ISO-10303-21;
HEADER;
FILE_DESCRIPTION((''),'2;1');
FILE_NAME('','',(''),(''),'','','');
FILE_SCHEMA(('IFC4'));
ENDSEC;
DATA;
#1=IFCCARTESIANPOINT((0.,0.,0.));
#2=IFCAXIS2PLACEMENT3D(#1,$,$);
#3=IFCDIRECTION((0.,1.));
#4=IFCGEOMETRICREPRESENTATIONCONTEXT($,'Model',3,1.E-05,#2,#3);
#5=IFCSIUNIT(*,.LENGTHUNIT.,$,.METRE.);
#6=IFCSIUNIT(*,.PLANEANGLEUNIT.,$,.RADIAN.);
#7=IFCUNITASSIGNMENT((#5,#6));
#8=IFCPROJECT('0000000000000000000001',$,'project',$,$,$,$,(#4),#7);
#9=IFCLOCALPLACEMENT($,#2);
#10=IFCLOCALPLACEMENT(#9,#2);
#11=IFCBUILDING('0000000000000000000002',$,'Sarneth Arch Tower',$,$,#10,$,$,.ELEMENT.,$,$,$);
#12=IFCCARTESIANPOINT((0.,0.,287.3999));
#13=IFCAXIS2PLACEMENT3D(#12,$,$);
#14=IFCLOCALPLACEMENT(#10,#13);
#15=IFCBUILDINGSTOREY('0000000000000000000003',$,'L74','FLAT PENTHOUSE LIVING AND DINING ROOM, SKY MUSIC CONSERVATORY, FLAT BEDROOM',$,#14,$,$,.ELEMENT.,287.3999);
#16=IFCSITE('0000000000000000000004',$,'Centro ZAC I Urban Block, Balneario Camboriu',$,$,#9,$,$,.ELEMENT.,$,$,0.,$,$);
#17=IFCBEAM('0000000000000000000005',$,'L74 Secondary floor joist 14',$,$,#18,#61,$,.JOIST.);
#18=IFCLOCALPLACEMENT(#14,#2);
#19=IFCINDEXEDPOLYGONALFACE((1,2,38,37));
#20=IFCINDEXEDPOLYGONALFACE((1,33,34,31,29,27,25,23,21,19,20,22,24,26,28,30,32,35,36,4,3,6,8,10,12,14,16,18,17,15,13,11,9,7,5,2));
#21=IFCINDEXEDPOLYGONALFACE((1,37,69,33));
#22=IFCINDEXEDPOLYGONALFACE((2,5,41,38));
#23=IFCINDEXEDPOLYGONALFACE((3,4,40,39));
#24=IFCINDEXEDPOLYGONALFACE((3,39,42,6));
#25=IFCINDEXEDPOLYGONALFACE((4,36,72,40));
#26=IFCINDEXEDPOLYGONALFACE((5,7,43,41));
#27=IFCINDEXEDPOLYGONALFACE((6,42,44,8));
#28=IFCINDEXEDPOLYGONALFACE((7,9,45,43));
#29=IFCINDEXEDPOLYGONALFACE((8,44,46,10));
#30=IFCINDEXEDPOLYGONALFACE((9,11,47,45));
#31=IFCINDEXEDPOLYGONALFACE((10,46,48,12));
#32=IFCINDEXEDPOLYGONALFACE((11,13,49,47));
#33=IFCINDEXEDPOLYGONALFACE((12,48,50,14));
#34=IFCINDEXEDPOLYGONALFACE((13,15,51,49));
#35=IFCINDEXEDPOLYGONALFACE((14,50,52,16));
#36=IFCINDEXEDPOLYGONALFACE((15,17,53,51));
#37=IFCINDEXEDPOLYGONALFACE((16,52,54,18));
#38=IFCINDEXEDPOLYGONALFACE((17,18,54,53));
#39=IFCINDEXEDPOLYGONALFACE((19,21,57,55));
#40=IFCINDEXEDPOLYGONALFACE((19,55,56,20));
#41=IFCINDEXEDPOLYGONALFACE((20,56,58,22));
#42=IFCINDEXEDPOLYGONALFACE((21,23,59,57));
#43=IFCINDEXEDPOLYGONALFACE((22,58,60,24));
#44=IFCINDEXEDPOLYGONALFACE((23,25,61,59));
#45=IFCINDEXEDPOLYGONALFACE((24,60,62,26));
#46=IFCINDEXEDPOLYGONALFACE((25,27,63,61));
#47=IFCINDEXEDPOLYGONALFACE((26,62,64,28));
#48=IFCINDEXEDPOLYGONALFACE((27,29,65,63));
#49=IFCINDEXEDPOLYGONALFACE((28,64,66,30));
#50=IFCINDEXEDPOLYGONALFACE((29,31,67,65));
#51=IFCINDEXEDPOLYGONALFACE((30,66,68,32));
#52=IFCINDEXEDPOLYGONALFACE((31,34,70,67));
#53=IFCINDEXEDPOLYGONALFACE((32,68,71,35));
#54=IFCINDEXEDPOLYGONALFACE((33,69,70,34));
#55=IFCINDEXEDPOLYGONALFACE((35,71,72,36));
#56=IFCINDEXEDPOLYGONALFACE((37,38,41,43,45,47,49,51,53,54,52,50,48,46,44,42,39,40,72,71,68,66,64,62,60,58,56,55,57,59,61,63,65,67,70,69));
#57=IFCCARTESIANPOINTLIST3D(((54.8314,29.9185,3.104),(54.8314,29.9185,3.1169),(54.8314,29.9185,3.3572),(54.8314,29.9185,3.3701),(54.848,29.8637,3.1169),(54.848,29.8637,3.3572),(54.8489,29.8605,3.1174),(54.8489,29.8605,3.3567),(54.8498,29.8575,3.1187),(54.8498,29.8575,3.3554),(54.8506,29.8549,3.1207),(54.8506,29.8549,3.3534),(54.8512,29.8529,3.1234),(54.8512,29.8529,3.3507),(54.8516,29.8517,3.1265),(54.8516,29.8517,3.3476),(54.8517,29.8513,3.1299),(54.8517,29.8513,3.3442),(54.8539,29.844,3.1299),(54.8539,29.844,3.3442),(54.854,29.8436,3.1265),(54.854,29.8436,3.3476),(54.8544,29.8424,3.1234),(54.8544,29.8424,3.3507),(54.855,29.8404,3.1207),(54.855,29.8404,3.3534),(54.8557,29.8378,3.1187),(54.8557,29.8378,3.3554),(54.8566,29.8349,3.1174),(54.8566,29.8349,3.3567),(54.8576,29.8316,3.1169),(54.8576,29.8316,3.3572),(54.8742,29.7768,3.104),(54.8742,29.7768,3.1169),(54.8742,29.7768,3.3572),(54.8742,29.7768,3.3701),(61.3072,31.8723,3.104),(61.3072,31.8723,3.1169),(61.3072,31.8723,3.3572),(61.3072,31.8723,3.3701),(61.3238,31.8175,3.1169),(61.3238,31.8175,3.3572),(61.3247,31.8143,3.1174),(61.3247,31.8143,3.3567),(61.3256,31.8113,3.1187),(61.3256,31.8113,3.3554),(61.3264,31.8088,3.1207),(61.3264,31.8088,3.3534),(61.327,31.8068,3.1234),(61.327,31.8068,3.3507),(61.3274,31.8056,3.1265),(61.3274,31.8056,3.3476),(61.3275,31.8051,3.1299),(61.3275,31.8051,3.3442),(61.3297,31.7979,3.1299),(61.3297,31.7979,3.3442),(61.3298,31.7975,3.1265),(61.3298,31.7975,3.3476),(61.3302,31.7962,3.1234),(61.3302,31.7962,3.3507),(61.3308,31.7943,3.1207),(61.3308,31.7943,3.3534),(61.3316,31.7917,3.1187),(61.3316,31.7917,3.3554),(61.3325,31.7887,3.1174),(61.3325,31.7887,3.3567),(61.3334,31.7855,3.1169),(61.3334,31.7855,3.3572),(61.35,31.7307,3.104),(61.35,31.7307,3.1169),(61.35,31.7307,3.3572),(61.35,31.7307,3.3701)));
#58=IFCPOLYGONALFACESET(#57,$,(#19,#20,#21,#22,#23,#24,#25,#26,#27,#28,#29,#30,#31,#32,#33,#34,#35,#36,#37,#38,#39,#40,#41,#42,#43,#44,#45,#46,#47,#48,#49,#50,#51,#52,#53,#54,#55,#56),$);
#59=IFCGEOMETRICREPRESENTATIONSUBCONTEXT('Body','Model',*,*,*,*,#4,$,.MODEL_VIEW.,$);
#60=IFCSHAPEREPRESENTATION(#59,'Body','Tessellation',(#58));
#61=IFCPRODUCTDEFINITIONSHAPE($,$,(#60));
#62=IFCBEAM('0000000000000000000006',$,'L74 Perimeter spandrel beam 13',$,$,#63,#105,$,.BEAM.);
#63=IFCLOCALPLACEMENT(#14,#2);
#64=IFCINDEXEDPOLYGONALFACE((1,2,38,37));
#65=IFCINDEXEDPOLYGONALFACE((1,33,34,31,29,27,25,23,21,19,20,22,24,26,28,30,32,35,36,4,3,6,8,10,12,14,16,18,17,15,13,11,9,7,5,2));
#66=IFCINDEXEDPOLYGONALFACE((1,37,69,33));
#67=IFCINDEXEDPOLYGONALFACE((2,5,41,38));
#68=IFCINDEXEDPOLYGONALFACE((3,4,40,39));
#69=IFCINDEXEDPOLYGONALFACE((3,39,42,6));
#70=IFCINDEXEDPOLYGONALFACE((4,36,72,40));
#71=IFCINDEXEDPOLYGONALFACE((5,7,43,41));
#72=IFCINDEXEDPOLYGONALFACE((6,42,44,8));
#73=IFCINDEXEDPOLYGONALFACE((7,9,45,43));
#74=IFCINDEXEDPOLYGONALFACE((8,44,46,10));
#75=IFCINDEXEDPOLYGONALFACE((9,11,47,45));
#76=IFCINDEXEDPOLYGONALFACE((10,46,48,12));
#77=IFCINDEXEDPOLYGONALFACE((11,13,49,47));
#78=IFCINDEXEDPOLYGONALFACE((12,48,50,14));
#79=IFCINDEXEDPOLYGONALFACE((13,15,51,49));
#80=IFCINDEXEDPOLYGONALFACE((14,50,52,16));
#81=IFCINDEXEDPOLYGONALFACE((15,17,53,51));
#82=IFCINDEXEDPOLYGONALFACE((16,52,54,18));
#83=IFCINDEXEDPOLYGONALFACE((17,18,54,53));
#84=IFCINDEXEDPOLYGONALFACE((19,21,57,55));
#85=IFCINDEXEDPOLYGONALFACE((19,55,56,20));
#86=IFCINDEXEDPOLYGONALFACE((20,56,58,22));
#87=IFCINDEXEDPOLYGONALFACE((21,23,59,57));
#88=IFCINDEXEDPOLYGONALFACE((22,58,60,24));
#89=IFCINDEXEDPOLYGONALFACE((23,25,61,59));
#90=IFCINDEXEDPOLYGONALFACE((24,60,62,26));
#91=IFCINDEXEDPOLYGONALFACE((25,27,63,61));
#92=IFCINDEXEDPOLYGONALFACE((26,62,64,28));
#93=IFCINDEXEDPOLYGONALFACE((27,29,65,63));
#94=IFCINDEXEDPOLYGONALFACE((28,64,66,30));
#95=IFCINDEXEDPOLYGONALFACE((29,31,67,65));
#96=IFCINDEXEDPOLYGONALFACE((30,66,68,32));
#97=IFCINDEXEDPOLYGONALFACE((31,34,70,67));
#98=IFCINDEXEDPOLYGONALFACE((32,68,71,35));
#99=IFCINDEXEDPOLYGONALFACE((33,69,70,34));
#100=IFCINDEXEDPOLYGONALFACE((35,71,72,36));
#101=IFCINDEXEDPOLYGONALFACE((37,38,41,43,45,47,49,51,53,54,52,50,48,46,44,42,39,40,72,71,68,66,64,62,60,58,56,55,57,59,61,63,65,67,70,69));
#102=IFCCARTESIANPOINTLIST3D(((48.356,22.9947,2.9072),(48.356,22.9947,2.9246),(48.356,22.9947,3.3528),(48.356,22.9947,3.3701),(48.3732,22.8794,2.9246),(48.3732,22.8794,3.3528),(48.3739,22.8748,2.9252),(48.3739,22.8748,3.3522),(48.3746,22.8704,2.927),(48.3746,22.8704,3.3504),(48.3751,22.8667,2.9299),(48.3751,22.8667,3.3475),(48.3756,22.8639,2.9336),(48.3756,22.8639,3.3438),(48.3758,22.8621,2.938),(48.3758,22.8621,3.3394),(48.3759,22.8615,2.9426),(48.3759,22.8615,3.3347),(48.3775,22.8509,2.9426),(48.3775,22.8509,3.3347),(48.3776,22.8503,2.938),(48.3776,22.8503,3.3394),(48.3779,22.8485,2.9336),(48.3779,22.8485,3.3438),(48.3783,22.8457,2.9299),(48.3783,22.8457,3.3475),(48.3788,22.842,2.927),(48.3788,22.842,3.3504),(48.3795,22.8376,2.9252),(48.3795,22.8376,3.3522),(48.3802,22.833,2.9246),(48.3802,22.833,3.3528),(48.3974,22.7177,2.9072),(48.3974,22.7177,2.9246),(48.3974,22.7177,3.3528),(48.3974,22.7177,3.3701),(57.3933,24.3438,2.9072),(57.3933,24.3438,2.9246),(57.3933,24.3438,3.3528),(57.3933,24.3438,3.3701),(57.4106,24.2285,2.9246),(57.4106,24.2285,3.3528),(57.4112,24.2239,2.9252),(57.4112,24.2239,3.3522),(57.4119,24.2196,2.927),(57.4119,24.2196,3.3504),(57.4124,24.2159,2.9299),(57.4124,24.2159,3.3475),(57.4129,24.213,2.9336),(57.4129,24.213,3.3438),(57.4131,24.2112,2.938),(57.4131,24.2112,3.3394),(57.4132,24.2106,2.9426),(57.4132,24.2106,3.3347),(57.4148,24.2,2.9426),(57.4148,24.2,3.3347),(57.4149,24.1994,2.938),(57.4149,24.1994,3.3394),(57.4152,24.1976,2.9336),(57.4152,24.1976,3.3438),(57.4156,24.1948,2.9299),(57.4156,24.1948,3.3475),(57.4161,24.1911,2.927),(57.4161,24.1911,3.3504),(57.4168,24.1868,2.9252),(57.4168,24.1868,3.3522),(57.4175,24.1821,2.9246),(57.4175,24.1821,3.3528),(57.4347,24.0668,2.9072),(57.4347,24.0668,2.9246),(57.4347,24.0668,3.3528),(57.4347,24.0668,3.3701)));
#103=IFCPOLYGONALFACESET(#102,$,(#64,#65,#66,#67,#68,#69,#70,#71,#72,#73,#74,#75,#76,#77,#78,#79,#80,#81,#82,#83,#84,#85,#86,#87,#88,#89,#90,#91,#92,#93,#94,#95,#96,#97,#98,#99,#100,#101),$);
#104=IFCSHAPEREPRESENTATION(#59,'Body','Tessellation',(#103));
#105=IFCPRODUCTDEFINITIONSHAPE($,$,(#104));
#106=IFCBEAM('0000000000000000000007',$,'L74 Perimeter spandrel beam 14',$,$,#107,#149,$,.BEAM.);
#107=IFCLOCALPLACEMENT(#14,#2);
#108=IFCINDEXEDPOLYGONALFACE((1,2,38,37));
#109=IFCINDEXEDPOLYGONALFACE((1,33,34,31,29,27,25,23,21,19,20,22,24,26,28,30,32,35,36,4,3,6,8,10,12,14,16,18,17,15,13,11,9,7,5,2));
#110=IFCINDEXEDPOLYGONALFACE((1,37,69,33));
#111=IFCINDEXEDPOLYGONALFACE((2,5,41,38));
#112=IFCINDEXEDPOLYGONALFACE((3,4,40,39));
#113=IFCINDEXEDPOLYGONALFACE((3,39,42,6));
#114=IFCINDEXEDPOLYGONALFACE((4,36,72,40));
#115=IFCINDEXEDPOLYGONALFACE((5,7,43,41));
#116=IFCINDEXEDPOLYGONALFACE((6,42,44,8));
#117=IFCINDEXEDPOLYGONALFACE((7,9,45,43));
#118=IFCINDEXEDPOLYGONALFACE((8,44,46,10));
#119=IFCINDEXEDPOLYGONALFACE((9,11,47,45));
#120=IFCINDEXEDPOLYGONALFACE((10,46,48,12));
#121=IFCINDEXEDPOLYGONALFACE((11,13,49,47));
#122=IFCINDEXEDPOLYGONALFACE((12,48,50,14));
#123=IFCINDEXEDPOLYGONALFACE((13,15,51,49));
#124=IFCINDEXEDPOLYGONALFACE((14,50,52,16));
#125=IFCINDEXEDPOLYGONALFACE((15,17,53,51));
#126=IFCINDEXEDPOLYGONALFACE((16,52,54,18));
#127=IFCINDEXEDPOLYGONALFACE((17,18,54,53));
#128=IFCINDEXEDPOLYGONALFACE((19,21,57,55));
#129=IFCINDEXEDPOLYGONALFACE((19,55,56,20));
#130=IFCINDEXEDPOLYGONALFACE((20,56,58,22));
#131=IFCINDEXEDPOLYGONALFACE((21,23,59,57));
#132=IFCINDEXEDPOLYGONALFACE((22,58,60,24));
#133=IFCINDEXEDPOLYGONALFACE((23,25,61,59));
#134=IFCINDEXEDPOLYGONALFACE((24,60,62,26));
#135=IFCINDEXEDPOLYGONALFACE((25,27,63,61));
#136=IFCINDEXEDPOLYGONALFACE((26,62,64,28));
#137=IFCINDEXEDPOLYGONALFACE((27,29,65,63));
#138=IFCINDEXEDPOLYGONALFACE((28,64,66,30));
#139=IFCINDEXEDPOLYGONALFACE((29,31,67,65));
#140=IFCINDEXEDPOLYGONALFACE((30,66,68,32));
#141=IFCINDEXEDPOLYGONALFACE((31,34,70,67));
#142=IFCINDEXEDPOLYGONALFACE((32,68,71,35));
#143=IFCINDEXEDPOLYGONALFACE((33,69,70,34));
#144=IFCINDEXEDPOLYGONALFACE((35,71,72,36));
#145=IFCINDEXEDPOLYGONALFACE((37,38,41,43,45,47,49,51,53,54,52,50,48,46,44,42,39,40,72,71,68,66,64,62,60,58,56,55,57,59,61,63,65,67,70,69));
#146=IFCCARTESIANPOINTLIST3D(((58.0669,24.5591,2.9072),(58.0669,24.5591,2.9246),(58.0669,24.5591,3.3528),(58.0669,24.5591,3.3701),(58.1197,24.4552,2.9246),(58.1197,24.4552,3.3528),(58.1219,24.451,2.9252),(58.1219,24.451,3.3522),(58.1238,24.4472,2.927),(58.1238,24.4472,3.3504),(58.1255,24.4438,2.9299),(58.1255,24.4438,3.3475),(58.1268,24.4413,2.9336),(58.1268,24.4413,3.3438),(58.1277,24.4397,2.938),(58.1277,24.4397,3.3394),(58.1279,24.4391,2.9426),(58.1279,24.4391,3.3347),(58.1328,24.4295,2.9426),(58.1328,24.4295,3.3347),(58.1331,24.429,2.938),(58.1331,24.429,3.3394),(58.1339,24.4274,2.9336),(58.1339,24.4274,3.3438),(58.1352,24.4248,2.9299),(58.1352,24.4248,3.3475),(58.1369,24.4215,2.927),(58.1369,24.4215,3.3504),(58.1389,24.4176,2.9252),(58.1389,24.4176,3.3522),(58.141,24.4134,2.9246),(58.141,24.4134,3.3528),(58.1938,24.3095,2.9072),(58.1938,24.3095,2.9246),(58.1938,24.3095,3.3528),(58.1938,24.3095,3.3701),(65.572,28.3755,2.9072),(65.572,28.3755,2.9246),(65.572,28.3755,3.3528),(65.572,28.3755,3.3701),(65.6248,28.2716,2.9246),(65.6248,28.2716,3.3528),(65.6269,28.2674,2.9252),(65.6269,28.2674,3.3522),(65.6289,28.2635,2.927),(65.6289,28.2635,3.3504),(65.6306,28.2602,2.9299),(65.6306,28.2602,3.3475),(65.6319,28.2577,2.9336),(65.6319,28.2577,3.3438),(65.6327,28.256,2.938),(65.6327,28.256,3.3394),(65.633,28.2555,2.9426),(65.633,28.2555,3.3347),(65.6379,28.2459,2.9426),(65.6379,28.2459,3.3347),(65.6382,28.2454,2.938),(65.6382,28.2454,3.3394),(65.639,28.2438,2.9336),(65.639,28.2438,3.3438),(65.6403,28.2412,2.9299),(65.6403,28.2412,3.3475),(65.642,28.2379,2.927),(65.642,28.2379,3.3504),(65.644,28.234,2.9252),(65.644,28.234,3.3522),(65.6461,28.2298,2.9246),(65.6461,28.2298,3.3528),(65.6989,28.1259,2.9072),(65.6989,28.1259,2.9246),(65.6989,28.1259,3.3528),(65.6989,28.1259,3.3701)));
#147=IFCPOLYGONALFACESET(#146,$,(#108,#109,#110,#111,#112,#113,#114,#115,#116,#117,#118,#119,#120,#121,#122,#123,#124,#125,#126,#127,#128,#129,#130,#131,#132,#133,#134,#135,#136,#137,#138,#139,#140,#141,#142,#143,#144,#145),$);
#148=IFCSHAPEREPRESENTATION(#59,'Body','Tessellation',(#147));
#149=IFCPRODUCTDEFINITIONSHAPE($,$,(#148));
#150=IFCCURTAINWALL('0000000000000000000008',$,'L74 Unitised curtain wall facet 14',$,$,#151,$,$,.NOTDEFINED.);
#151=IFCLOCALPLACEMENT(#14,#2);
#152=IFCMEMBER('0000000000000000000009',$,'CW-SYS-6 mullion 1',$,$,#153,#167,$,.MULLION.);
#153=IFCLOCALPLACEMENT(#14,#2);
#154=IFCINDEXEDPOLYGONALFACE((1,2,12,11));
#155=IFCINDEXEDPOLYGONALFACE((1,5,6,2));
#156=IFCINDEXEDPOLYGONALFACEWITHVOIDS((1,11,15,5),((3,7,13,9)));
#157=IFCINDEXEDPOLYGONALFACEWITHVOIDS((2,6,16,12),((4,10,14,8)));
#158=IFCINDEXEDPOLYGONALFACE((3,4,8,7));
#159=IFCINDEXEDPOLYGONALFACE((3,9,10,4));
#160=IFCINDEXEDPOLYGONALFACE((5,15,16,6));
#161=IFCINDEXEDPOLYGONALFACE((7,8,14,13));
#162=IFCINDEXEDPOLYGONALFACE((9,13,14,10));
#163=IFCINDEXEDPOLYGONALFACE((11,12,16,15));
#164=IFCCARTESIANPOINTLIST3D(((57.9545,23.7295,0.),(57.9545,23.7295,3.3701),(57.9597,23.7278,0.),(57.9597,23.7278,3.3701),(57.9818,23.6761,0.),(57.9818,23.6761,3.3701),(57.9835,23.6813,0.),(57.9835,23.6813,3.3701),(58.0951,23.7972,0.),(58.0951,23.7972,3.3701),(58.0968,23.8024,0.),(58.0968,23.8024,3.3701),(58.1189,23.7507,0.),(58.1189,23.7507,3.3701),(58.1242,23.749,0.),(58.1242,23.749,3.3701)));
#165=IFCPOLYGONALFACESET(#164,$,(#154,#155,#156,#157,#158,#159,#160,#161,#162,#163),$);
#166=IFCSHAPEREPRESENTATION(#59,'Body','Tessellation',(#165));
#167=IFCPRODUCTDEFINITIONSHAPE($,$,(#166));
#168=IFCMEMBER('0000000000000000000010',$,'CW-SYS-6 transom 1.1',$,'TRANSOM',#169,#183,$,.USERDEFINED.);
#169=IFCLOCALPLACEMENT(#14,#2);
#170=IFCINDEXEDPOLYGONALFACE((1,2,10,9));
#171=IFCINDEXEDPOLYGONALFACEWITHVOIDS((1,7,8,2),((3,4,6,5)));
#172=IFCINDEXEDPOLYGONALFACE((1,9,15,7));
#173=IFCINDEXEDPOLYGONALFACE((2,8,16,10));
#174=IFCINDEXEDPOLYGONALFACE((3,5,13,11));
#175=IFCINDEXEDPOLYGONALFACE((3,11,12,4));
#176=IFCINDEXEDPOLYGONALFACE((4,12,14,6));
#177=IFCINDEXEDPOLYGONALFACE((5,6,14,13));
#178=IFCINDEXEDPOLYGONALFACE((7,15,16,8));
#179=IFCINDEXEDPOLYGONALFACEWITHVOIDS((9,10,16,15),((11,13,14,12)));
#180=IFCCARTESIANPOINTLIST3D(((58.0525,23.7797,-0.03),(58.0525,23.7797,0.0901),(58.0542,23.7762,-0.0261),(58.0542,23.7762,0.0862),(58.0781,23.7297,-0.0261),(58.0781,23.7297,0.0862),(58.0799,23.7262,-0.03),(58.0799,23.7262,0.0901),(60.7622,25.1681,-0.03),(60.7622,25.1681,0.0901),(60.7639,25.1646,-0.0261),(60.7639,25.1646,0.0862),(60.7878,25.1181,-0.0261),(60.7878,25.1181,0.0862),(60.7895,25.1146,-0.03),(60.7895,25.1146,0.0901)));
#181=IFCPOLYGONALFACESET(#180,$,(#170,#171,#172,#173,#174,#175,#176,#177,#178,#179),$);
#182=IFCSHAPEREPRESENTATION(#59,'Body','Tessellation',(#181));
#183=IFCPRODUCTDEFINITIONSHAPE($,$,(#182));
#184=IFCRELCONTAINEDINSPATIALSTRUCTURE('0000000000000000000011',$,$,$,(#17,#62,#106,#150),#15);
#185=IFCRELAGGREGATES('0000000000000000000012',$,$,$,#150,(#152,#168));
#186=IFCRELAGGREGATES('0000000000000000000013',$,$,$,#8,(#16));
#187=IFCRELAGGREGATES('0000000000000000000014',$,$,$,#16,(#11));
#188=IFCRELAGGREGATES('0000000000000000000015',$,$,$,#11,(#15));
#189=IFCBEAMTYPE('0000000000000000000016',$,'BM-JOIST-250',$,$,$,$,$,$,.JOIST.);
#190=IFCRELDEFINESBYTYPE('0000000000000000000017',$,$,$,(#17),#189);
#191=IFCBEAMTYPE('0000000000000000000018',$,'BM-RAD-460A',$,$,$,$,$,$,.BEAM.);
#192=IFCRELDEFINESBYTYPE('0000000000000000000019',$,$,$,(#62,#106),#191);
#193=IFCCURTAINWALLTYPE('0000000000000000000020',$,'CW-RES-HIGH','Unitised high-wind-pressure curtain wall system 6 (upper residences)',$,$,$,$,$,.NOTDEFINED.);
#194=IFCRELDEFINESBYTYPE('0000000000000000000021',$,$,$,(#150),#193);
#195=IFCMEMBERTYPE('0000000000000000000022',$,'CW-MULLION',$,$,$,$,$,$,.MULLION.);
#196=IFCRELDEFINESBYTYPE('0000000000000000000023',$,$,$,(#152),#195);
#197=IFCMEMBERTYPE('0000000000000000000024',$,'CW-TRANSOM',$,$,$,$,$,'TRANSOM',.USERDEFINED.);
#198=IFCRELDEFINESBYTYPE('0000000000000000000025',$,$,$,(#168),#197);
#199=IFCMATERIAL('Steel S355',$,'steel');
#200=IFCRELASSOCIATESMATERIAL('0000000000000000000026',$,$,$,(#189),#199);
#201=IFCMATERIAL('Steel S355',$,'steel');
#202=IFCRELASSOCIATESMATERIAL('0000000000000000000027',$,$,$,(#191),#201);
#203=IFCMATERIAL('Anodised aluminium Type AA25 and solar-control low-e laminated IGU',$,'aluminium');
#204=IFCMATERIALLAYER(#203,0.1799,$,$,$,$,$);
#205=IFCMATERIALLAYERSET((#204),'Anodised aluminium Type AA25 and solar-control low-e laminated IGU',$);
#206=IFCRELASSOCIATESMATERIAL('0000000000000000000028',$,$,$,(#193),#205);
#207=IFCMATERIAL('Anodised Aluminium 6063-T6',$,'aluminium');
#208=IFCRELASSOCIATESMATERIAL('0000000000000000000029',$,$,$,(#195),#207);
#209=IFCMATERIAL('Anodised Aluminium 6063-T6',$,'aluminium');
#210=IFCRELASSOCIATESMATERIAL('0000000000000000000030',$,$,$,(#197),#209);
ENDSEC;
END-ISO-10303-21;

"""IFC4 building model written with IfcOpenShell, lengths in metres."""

from ifc_helpers import new_model, si_unit, direction, frame, origin, origin_2d, place, context, subcontext, project, spatial, hollow_rectangle, i_section, extrude, material, layer, layer_set, material_profile, profile_set, type_object, element, aggregate, save


model = new_model("IFC4")

# Units and contexts
model_context = context("Model", 3, precision=1e-05, world=origin(), true_north=direction((0.0, 1.0)))
body_context = subcontext(model_context, "Body", "Model", "MODEL_VIEW")
ifc_project = project(units=[si_unit("LENGTHUNIT", "METRE"), si_unit("PLANEANGLEUNIT", "RADIAN")], contexts=[model_context])

# Site, building, storey
site_placement = place(None, origin())
site = spatial("IfcSite", under=ifc_project, at=site_placement, Name="Centro ZAC I Urban Block, Balneario Camboriu", CompositionType="ELEMENT", RefElevation=0.0)
building_placement = place(site_placement, origin())
building = spatial("IfcBuilding", under=site, at=building_placement, Name="Sarneth Arch Tower", CompositionType="ELEMENT")
storey_placement = place(building_placement, frame((0.0, 0.0, 287.3999)))
storey = spatial("IfcBuildingStorey", under=building, at=storey_placement, Name="L74", Description="FLAT PENTHOUSE LIVING AND DINING ROOM, SKY MUSIC CONSERVATORY, FLAT BEDROOM", CompositionType="ELEMENT", Elevation=287.3999)

# Beams
ifc_material_1 = material(Name="Steel S355", Category="steel")
ifc_material_profile_1 = material_profile(ifc_material_1, i_section(OverallWidth=0.1479, OverallDepth=0.2661, WebThickness=0.0076, FlangeThickness=0.0129, FilletRadius=0.0129, at=origin_2d()), Name="W250x44.8")
ifc_profile_set_1 = profile_set([ifc_material_profile_1], Name="Steel S355")
beam_type_1 = type_object("IfcBeamType", Name="BM-JOIST-250", PredefinedType="JOIST", material=ifc_profile_set_1)
beam_1_placement = place(storey_placement, frame((54.8528, 29.8477, 3.2371), z_axis=(0.957373, 0.288854, 0.0), x_axis=(-0.288854, 0.957373, 0.0)))
element("IfcBeam", 1, at=beam_1_placement, inside=storey, type_object=beam_type_1, Name="L74 Secondary floor joist 14", PredefinedType="JOIST", context=body_context, shape_type="SweptSolid", body=[
    extrude(i_section(OverallWidth=0.1479, OverallDepth=0.2661, WebThickness=0.0076, FlangeThickness=0.0129, FilletRadius=0.0129, at=origin_2d()), origin(), (0.0, 0.0, 1.0), 6.7642),
])
ifc_material_2 = material(Name="Steel S355", Category="steel")
ifc_material_profile_2 = material_profile(ifc_material_2, i_section(OverallWidth=0.28, OverallDepth=0.4629, WebThickness=0.0107, FlangeThickness=0.0173, FilletRadius=0.0181, at=origin_2d()), Name="W460x113")
ifc_profile_set_2 = profile_set([ifc_material_profile_2], Name="Steel S355")
beam_type_2 = type_object("IfcBeamType", Name="BM-RAD-460A", PredefinedType="BEAM", material=ifc_profile_set_2)
beam_2_placement = place(storey_placement, frame((48.3767, 22.8562, 3.1387), z_axis=(0.98904, 0.147647, 0.0), x_axis=(-0.147647, 0.98904, 0.0)))
element("IfcBeam", 2, at=beam_2_placement, inside=storey, type_object=beam_type_2, Name="L74 Perimeter spandrel beam 13", PredefinedType="BEAM", context=body_context, shape_type="SweptSolid", body=[
    extrude(i_section(OverallWidth=0.28, OverallDepth=0.4629, WebThickness=0.0107, FlangeThickness=0.0173, FilletRadius=0.0181, at=origin_2d()), origin(), (0.0, 0.0, 1.0), 9.1375),
])
beam_3_placement = place(storey_placement, frame((58.1304, 24.4343, 3.1387), z_axis=(0.891374, 0.453269, 0.0), x_axis=(-0.453269, 0.891374, 0.0)))
element("IfcBeam", 3, at=beam_3_placement, inside=storey, type_object=beam_type_2, Name="L74 Perimeter spandrel beam 14", PredefinedType="BEAM", context=body_context, shape_type="SweptSolid", body=[
    extrude(i_section(OverallWidth=0.28, OverallDepth=0.4629, WebThickness=0.0107, FlangeThickness=0.0173, FilletRadius=0.0181, at=origin_2d()), origin(), (0.0, 0.0, 1.0), 8.4197),
])

# Curtain wall, members
ifc_material_3 = material(Name="Anodised aluminium Type AA25 and solar-control low-e laminated IGU", Category="aluminium")
ifc_layer_1 = layer(ifc_material_3, 0.1799)
ifc_layer_set_1 = layer_set([ifc_layer_1], Name="Anodised aluminium Type AA25 and solar-control low-e laminated IGU")
curtain_wall_type = type_object("IfcCurtainWallType", Name="CW-RES-HIGH", Description="Unitised high-wind-pressure curtain wall system 6 (upper residences)", PredefinedType="NOTDEFINED", material=ifc_layer_set_1)
curtain_wall_placement = place(storey_placement, origin())
curtain_wall = element("IfcCurtainWall", 4, at=curtain_wall_placement, inside=storey, type_object=curtain_wall_type, Name="L74 Unitised curtain wall facet 14", PredefinedType="NOTDEFINED")
ifc_material_4 = material(Name="Anodised Aluminium 6063-T6", Category="aluminium")
ifc_material_profile_3 = material_profile(ifc_material_4, hollow_rectangle(XDim=0.0601, YDim=0.1599, WallThickness=0.0039, at=origin_2d()), Name="AL-MULL-160x60x4")
ifc_profile_set_3 = profile_set([ifc_material_profile_3], Name="Anodised Aluminium 6063-T6")
member_type_1 = type_object("IfcMemberType", Name="CW-MULLION", PredefinedType="MULLION", material=ifc_profile_set_3)
member_1_placement = place(storey_placement, frame((58.0393, 23.7393, 0.0), z_axis=(0.0, 0.0, 1.0), x_axis=(-0.455942, 0.89001, 0.0)))
member_1 = element("IfcMember", 5, at=member_1_placement, type_object=member_type_1, Name="CW-SYS-6 mullion 1", PredefinedType="MULLION", context=body_context, shape_type="SweptSolid", body=[
    extrude(hollow_rectangle(XDim=0.0601, YDim=0.1599, WallThickness=0.0039, at=origin_2d()), origin(), (0.0, 0.0, 1.0), 3.3701),
])
ifc_material_5 = material(Name="Anodised Aluminium 6063-T6", Category="aluminium")
ifc_material_profile_4 = material_profile(ifc_material_5, hollow_rectangle(XDim=0.0601, YDim=0.1201, WallThickness=0.0039, at=origin_2d()), Name="AL-TRAN-120x60x4")
ifc_profile_set_4 = profile_set([ifc_material_profile_4], Name="Anodised Aluminium 6063-T6")
member_type_2 = type_object("IfcMemberType", Name="CW-TRANSOM", ElementType="TRANSOM", PredefinedType="USERDEFINED", material=ifc_profile_set_4)
member_2_placement = place(storey_placement, frame((58.0662, 23.7529, 0.03), z_axis=(0.889974, 0.456012, 0.0), x_axis=(-0.456012, 0.889974, 0.0)))
member_2 = element("IfcMember", 6, at=member_2_placement, type_object=member_type_2, Name="CW-SYS-6 transom 1.1", ObjectType="TRANSOM", PredefinedType="USERDEFINED", context=body_context, shape_type="SweptSolid", body=[
    extrude(hollow_rectangle(XDim=0.0601, YDim=0.1201, WallThickness=0.0039, at=origin_2d()), origin(), (0.0, 0.0, 1.0), 3.0447),
])
aggregate(curtain_wall, [member_1, member_2])

save(model, "model.ifc")
